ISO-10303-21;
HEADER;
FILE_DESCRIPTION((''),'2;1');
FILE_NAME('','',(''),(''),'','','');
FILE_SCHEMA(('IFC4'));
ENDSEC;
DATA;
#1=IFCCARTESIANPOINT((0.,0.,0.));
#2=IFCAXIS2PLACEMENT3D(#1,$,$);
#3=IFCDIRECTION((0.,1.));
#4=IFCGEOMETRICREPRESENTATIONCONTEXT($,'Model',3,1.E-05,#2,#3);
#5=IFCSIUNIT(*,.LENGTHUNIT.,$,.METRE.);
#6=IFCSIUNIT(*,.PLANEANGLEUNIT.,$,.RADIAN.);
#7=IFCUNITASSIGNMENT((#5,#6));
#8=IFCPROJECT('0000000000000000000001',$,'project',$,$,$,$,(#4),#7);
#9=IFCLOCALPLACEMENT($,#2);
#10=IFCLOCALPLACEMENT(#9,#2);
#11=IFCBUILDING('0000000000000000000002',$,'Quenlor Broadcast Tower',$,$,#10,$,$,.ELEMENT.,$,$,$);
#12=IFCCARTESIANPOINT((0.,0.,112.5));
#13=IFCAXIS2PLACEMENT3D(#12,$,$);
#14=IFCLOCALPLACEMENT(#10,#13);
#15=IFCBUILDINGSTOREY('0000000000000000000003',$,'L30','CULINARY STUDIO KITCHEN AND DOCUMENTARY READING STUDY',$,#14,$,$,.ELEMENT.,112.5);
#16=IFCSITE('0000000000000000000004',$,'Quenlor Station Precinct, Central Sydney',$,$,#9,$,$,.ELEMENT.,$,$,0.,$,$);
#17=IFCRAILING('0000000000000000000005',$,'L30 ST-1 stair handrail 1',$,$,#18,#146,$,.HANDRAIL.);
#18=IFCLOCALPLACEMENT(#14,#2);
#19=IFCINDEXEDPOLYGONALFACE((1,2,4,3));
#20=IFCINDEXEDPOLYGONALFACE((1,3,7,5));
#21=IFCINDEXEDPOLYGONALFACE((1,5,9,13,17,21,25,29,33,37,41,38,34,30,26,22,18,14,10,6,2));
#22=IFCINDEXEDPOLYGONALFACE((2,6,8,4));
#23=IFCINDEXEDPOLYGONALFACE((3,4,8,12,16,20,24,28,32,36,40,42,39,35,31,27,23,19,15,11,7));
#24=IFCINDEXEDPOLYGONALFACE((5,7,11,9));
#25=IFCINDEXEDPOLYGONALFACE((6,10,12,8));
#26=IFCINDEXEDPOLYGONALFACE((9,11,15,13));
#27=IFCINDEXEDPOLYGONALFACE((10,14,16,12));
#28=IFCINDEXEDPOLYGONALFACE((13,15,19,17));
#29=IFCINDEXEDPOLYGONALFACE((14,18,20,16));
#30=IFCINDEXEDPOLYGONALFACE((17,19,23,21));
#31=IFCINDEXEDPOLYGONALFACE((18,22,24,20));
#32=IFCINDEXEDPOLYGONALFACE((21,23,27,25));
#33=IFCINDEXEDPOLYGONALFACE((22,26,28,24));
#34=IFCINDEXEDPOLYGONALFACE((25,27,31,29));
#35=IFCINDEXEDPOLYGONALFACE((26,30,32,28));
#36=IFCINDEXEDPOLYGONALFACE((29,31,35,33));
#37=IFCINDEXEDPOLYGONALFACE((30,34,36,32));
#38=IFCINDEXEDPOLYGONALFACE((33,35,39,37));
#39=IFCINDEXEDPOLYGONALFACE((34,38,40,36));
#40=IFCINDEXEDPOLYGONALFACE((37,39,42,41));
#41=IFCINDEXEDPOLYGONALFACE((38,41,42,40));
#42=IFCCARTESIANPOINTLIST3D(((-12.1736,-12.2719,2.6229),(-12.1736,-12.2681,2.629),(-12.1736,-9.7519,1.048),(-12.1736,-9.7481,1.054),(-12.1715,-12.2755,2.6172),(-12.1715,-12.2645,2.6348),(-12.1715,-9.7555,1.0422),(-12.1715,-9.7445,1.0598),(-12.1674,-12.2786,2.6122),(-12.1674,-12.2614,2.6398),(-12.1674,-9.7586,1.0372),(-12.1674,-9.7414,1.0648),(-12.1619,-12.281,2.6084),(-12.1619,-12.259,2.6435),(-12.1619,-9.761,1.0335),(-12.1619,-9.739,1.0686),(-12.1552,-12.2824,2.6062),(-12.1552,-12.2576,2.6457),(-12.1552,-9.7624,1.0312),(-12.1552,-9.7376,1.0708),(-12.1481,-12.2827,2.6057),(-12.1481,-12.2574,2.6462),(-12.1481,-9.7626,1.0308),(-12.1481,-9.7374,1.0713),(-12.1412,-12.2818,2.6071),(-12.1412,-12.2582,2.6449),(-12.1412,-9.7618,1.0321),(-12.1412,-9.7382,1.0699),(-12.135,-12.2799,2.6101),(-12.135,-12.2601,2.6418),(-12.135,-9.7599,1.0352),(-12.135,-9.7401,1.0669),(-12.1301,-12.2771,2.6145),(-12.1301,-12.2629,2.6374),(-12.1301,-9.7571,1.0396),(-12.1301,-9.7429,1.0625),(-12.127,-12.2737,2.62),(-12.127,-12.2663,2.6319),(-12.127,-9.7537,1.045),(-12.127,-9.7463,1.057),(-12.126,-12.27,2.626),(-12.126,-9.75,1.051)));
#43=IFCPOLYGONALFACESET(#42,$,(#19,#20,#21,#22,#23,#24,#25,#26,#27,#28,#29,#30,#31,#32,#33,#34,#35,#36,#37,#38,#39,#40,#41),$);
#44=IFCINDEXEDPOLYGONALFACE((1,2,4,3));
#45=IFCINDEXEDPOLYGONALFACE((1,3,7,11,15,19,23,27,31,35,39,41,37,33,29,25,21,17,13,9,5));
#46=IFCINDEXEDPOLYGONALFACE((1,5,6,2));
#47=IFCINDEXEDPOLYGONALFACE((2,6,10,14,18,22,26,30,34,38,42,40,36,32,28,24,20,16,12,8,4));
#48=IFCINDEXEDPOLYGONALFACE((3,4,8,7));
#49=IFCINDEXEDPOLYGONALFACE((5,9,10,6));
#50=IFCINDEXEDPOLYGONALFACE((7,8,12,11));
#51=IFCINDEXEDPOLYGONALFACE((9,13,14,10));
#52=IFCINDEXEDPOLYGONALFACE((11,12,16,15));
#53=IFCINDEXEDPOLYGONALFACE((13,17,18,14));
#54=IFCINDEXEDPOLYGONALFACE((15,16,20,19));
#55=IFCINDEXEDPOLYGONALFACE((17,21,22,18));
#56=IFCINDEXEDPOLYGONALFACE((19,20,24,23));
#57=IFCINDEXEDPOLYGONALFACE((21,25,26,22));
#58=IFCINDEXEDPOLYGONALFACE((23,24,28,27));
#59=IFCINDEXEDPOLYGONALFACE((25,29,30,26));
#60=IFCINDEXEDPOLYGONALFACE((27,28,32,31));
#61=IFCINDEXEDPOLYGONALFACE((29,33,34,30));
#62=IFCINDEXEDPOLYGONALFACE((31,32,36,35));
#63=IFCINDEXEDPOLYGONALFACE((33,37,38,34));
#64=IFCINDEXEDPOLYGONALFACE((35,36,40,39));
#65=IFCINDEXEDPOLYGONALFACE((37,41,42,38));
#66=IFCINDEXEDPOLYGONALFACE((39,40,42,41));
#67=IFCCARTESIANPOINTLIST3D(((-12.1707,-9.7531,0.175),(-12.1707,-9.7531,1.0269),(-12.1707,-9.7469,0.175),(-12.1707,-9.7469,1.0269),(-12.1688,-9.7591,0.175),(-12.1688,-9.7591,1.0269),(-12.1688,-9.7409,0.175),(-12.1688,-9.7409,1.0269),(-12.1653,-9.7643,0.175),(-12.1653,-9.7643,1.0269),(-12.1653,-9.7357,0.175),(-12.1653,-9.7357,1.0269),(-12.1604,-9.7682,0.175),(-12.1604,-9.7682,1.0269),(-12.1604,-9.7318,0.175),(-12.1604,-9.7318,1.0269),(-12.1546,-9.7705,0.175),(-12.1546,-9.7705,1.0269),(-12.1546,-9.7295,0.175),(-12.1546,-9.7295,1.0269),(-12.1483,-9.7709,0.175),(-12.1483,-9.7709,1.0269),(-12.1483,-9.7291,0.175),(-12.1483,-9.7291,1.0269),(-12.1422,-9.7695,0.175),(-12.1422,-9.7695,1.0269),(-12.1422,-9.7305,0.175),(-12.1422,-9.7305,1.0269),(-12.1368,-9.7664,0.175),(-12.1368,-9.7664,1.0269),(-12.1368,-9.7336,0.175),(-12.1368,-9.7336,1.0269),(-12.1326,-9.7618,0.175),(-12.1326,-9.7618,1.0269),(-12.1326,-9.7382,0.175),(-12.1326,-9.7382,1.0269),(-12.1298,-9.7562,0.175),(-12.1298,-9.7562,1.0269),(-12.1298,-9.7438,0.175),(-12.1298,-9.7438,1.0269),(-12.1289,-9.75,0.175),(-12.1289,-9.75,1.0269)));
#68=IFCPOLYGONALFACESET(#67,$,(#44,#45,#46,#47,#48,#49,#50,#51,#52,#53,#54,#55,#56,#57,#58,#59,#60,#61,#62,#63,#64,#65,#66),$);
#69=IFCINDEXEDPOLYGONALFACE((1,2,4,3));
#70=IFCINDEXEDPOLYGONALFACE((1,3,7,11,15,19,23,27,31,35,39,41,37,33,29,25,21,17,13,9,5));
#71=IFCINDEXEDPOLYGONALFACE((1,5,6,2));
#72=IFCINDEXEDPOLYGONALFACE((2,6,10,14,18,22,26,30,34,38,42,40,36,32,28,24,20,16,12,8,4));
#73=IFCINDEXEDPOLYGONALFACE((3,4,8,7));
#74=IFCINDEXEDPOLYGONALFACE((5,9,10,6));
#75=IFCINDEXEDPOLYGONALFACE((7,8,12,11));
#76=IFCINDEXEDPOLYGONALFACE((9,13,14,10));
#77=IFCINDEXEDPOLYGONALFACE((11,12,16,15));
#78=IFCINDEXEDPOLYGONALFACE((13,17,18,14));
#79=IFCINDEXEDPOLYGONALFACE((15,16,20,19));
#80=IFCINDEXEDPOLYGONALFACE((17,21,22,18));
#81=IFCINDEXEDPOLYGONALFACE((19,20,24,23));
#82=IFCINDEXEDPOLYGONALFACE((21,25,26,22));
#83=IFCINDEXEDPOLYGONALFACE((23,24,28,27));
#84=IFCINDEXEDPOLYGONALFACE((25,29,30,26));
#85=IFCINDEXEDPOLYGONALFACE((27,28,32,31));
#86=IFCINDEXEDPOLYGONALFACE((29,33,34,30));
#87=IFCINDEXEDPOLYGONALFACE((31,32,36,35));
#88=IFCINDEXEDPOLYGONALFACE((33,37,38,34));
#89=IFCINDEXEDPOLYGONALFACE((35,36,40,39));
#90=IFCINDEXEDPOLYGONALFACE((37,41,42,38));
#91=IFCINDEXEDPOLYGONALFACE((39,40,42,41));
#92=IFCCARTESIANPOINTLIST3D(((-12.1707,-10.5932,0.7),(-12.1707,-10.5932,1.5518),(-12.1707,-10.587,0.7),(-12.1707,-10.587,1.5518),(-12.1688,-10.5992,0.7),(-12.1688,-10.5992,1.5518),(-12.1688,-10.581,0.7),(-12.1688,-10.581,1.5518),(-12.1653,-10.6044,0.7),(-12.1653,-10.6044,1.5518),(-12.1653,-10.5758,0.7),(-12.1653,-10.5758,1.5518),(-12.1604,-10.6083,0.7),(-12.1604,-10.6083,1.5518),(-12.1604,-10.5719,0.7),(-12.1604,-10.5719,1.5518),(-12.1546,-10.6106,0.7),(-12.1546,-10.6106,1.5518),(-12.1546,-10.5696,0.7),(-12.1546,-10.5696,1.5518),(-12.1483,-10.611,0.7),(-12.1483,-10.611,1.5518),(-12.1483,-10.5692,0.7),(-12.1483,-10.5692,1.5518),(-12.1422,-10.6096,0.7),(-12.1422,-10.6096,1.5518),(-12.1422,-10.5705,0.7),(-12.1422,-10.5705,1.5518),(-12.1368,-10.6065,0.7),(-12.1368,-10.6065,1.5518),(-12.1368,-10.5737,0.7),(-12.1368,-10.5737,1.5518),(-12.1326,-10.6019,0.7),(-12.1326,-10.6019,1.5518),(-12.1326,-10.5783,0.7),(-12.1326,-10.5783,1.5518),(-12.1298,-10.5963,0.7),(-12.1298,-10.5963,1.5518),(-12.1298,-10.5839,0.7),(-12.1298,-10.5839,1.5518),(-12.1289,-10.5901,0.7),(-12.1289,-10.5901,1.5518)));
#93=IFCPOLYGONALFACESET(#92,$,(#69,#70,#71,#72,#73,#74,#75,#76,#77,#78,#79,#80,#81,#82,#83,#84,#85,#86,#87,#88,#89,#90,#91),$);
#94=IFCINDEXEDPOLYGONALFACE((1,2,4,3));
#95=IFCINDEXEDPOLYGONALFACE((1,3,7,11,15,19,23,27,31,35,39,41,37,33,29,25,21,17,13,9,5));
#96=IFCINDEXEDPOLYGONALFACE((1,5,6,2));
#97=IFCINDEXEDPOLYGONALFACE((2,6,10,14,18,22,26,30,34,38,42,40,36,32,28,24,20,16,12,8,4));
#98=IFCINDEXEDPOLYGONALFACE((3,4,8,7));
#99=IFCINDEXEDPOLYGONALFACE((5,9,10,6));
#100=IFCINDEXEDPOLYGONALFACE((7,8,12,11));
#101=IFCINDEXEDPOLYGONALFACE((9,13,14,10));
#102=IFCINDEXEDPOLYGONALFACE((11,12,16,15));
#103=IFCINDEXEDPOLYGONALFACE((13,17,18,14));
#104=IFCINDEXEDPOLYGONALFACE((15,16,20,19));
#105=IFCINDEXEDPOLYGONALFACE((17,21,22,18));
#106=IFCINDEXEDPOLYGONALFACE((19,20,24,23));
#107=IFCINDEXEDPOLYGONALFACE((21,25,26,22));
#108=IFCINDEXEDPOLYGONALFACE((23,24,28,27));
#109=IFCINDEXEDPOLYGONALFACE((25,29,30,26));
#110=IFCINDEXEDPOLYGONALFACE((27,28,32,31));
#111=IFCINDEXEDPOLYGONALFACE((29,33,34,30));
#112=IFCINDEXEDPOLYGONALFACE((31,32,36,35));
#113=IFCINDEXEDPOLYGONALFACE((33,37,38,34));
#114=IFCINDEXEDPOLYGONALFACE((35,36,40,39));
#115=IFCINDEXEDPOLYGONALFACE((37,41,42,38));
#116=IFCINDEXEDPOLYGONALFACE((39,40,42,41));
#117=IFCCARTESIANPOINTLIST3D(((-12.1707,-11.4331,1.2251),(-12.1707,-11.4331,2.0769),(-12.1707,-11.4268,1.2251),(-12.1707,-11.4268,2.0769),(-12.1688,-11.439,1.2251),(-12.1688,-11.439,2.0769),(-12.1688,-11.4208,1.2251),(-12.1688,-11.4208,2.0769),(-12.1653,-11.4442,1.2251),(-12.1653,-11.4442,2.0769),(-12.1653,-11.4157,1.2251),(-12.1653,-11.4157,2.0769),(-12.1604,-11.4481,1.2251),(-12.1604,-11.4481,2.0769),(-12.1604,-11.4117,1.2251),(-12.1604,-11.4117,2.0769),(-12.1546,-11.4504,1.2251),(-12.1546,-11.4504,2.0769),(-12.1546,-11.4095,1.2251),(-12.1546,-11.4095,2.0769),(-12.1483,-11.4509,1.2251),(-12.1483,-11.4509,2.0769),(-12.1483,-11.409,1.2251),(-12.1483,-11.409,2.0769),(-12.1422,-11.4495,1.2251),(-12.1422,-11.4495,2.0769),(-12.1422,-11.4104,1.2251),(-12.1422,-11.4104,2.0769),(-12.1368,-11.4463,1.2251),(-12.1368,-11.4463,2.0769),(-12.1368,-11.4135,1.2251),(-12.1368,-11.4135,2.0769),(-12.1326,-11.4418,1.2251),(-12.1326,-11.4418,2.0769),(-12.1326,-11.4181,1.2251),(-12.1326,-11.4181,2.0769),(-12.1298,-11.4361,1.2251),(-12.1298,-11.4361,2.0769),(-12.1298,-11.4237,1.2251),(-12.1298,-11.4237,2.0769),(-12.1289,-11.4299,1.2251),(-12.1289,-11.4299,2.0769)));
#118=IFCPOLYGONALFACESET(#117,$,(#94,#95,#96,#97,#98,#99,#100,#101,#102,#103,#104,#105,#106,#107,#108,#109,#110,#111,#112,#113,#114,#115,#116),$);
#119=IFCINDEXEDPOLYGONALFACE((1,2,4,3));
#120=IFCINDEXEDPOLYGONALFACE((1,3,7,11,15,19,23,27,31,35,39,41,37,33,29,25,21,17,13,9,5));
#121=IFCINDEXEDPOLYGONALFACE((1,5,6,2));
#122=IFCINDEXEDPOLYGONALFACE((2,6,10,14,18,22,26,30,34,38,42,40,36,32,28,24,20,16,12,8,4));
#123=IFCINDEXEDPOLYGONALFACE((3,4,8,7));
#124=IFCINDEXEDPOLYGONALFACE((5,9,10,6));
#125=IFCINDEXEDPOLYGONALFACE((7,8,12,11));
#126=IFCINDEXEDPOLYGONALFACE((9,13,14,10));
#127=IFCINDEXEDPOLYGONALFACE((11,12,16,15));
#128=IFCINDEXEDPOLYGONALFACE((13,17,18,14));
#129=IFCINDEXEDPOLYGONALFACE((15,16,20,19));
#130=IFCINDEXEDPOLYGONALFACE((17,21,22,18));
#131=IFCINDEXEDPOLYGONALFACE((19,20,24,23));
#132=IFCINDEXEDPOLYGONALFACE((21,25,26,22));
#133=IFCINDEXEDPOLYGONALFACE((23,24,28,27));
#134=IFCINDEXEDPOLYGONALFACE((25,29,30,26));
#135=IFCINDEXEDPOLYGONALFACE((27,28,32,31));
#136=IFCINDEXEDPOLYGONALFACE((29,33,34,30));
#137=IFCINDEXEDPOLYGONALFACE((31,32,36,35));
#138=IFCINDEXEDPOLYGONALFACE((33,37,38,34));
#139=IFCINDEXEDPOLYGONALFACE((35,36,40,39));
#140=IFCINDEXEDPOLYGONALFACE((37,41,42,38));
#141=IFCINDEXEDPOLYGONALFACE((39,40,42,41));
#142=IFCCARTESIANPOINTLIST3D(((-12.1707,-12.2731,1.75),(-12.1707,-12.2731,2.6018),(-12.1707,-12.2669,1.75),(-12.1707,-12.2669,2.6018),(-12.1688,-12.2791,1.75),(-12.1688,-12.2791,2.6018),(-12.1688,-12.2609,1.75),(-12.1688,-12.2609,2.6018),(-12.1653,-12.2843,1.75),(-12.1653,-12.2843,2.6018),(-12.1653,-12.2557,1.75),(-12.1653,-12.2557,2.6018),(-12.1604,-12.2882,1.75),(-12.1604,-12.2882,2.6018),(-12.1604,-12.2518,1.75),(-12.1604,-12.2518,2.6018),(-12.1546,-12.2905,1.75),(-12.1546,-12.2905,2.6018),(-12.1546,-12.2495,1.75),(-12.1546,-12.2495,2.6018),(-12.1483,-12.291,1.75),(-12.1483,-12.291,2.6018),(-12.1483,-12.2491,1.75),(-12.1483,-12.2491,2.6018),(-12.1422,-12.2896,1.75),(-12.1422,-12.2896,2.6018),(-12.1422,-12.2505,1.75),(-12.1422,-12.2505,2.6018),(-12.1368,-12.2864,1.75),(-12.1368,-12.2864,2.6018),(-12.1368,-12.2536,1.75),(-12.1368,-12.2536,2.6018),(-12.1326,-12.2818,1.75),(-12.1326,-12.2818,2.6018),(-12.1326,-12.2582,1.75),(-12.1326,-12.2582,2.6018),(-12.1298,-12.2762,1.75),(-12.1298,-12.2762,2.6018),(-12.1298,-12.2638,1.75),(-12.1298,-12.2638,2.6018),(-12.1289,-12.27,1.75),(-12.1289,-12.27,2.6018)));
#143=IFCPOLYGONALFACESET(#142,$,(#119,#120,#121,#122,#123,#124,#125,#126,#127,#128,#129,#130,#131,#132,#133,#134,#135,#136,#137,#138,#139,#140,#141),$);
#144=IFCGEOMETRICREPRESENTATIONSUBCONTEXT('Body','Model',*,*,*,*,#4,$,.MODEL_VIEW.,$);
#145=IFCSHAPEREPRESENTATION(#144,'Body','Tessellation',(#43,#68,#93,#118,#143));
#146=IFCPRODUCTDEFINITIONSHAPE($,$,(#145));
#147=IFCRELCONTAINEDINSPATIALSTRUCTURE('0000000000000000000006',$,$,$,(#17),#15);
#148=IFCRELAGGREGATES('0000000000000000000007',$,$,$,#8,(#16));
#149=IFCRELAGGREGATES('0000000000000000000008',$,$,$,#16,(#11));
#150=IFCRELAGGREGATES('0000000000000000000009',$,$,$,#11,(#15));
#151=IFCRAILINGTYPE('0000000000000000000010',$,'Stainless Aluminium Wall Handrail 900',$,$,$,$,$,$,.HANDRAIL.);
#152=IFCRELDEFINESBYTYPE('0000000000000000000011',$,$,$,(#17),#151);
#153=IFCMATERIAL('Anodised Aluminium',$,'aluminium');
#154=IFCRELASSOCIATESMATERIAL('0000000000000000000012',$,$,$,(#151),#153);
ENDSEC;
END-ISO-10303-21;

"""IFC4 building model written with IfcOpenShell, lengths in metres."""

from ifc_helpers import new_model, si_unit, direction, frame, origin, origin_2d, place, context, subcontext, project, spatial, circle, extrude, material, type_object, element, save


model = new_model("IFC4")

# Units and contexts
model_context = context("Model", 3, precision=1e-05, world=origin(), true_north=direction((0.0, 1.0)))
body_context = subcontext(model_context, "Body", "Model", "MODEL_VIEW")
ifc_project = project(units=[si_unit("LENGTHUNIT", "METRE"), si_unit("PLANEANGLEUNIT", "RADIAN")], contexts=[model_context])

# Site, building, storey
site_placement = place(None, origin())
site = spatial("IfcSite", under=ifc_project, at=site_placement, Name="Quenlor Station Precinct, Central Sydney", CompositionType="ELEMENT", RefElevation=0.0)
building_placement = place(site_placement, origin())
building = spatial("IfcBuilding", under=site, at=building_placement, Name="Quenlor Broadcast Tower", CompositionType="ELEMENT")
storey_placement = place(building_placement, frame((0.0, 0.0, 112.5)))
storey = spatial("IfcBuildingStorey", under=building, at=storey_placement, Name="L30", Description="CULINARY STUDIO KITCHEN AND DOCUMENTARY READING STUDY", CompositionType="ELEMENT", Elevation=112.5)

# Railing
ifc_material_1 = material(Name="Anodised Aluminium", Category="aluminium")
railing_type = type_object("IfcRailingType", Name="Stainless Aluminium Wall Handrail 900", PredefinedType="HANDRAIL", material=ifc_material_1)
railing_placement = place(storey_placement, frame((-12.1499, -9.75, 0.175)))
element("IfcRailing", 1, at=railing_placement, inside=storey, type_object=railing_type, Name="L30 ST-1 stair handrail 1", PredefinedType="HANDRAIL", context=body_context, shape_type="SweptSolid", body=[
    extrude(circle(Radius=0.0239, at=origin_2d()), frame((0.0, 0.0, 0.876), z_axis=(0.0, -0.848008, 0.529984), x_axis=(1.0, 0.0, 0.0)), (0.0, 0.0, 1.0), 2.9717),
    extrude(circle(Radius=0.021, at=origin_2d()), origin(), (0.0, 0.0, 1.0), 0.8518),
    extrude(circle(Radius=0.021, at=origin_2d()), frame((0.0, -0.8401, 0.5249)), (0.0, 0.0, 1.0), 0.8518),
    extrude(circle(Radius=0.021, at=origin_2d()), frame((0.0, -1.6799, 1.05)), (0.0, 0.0, 1.0), 0.8518),
    extrude(circle(Radius=0.021, at=origin_2d()), frame((0.0, -2.52, 1.575)), (0.0, 0.0, 1.0), 0.8518),
])

save(model, "model.ifc")
